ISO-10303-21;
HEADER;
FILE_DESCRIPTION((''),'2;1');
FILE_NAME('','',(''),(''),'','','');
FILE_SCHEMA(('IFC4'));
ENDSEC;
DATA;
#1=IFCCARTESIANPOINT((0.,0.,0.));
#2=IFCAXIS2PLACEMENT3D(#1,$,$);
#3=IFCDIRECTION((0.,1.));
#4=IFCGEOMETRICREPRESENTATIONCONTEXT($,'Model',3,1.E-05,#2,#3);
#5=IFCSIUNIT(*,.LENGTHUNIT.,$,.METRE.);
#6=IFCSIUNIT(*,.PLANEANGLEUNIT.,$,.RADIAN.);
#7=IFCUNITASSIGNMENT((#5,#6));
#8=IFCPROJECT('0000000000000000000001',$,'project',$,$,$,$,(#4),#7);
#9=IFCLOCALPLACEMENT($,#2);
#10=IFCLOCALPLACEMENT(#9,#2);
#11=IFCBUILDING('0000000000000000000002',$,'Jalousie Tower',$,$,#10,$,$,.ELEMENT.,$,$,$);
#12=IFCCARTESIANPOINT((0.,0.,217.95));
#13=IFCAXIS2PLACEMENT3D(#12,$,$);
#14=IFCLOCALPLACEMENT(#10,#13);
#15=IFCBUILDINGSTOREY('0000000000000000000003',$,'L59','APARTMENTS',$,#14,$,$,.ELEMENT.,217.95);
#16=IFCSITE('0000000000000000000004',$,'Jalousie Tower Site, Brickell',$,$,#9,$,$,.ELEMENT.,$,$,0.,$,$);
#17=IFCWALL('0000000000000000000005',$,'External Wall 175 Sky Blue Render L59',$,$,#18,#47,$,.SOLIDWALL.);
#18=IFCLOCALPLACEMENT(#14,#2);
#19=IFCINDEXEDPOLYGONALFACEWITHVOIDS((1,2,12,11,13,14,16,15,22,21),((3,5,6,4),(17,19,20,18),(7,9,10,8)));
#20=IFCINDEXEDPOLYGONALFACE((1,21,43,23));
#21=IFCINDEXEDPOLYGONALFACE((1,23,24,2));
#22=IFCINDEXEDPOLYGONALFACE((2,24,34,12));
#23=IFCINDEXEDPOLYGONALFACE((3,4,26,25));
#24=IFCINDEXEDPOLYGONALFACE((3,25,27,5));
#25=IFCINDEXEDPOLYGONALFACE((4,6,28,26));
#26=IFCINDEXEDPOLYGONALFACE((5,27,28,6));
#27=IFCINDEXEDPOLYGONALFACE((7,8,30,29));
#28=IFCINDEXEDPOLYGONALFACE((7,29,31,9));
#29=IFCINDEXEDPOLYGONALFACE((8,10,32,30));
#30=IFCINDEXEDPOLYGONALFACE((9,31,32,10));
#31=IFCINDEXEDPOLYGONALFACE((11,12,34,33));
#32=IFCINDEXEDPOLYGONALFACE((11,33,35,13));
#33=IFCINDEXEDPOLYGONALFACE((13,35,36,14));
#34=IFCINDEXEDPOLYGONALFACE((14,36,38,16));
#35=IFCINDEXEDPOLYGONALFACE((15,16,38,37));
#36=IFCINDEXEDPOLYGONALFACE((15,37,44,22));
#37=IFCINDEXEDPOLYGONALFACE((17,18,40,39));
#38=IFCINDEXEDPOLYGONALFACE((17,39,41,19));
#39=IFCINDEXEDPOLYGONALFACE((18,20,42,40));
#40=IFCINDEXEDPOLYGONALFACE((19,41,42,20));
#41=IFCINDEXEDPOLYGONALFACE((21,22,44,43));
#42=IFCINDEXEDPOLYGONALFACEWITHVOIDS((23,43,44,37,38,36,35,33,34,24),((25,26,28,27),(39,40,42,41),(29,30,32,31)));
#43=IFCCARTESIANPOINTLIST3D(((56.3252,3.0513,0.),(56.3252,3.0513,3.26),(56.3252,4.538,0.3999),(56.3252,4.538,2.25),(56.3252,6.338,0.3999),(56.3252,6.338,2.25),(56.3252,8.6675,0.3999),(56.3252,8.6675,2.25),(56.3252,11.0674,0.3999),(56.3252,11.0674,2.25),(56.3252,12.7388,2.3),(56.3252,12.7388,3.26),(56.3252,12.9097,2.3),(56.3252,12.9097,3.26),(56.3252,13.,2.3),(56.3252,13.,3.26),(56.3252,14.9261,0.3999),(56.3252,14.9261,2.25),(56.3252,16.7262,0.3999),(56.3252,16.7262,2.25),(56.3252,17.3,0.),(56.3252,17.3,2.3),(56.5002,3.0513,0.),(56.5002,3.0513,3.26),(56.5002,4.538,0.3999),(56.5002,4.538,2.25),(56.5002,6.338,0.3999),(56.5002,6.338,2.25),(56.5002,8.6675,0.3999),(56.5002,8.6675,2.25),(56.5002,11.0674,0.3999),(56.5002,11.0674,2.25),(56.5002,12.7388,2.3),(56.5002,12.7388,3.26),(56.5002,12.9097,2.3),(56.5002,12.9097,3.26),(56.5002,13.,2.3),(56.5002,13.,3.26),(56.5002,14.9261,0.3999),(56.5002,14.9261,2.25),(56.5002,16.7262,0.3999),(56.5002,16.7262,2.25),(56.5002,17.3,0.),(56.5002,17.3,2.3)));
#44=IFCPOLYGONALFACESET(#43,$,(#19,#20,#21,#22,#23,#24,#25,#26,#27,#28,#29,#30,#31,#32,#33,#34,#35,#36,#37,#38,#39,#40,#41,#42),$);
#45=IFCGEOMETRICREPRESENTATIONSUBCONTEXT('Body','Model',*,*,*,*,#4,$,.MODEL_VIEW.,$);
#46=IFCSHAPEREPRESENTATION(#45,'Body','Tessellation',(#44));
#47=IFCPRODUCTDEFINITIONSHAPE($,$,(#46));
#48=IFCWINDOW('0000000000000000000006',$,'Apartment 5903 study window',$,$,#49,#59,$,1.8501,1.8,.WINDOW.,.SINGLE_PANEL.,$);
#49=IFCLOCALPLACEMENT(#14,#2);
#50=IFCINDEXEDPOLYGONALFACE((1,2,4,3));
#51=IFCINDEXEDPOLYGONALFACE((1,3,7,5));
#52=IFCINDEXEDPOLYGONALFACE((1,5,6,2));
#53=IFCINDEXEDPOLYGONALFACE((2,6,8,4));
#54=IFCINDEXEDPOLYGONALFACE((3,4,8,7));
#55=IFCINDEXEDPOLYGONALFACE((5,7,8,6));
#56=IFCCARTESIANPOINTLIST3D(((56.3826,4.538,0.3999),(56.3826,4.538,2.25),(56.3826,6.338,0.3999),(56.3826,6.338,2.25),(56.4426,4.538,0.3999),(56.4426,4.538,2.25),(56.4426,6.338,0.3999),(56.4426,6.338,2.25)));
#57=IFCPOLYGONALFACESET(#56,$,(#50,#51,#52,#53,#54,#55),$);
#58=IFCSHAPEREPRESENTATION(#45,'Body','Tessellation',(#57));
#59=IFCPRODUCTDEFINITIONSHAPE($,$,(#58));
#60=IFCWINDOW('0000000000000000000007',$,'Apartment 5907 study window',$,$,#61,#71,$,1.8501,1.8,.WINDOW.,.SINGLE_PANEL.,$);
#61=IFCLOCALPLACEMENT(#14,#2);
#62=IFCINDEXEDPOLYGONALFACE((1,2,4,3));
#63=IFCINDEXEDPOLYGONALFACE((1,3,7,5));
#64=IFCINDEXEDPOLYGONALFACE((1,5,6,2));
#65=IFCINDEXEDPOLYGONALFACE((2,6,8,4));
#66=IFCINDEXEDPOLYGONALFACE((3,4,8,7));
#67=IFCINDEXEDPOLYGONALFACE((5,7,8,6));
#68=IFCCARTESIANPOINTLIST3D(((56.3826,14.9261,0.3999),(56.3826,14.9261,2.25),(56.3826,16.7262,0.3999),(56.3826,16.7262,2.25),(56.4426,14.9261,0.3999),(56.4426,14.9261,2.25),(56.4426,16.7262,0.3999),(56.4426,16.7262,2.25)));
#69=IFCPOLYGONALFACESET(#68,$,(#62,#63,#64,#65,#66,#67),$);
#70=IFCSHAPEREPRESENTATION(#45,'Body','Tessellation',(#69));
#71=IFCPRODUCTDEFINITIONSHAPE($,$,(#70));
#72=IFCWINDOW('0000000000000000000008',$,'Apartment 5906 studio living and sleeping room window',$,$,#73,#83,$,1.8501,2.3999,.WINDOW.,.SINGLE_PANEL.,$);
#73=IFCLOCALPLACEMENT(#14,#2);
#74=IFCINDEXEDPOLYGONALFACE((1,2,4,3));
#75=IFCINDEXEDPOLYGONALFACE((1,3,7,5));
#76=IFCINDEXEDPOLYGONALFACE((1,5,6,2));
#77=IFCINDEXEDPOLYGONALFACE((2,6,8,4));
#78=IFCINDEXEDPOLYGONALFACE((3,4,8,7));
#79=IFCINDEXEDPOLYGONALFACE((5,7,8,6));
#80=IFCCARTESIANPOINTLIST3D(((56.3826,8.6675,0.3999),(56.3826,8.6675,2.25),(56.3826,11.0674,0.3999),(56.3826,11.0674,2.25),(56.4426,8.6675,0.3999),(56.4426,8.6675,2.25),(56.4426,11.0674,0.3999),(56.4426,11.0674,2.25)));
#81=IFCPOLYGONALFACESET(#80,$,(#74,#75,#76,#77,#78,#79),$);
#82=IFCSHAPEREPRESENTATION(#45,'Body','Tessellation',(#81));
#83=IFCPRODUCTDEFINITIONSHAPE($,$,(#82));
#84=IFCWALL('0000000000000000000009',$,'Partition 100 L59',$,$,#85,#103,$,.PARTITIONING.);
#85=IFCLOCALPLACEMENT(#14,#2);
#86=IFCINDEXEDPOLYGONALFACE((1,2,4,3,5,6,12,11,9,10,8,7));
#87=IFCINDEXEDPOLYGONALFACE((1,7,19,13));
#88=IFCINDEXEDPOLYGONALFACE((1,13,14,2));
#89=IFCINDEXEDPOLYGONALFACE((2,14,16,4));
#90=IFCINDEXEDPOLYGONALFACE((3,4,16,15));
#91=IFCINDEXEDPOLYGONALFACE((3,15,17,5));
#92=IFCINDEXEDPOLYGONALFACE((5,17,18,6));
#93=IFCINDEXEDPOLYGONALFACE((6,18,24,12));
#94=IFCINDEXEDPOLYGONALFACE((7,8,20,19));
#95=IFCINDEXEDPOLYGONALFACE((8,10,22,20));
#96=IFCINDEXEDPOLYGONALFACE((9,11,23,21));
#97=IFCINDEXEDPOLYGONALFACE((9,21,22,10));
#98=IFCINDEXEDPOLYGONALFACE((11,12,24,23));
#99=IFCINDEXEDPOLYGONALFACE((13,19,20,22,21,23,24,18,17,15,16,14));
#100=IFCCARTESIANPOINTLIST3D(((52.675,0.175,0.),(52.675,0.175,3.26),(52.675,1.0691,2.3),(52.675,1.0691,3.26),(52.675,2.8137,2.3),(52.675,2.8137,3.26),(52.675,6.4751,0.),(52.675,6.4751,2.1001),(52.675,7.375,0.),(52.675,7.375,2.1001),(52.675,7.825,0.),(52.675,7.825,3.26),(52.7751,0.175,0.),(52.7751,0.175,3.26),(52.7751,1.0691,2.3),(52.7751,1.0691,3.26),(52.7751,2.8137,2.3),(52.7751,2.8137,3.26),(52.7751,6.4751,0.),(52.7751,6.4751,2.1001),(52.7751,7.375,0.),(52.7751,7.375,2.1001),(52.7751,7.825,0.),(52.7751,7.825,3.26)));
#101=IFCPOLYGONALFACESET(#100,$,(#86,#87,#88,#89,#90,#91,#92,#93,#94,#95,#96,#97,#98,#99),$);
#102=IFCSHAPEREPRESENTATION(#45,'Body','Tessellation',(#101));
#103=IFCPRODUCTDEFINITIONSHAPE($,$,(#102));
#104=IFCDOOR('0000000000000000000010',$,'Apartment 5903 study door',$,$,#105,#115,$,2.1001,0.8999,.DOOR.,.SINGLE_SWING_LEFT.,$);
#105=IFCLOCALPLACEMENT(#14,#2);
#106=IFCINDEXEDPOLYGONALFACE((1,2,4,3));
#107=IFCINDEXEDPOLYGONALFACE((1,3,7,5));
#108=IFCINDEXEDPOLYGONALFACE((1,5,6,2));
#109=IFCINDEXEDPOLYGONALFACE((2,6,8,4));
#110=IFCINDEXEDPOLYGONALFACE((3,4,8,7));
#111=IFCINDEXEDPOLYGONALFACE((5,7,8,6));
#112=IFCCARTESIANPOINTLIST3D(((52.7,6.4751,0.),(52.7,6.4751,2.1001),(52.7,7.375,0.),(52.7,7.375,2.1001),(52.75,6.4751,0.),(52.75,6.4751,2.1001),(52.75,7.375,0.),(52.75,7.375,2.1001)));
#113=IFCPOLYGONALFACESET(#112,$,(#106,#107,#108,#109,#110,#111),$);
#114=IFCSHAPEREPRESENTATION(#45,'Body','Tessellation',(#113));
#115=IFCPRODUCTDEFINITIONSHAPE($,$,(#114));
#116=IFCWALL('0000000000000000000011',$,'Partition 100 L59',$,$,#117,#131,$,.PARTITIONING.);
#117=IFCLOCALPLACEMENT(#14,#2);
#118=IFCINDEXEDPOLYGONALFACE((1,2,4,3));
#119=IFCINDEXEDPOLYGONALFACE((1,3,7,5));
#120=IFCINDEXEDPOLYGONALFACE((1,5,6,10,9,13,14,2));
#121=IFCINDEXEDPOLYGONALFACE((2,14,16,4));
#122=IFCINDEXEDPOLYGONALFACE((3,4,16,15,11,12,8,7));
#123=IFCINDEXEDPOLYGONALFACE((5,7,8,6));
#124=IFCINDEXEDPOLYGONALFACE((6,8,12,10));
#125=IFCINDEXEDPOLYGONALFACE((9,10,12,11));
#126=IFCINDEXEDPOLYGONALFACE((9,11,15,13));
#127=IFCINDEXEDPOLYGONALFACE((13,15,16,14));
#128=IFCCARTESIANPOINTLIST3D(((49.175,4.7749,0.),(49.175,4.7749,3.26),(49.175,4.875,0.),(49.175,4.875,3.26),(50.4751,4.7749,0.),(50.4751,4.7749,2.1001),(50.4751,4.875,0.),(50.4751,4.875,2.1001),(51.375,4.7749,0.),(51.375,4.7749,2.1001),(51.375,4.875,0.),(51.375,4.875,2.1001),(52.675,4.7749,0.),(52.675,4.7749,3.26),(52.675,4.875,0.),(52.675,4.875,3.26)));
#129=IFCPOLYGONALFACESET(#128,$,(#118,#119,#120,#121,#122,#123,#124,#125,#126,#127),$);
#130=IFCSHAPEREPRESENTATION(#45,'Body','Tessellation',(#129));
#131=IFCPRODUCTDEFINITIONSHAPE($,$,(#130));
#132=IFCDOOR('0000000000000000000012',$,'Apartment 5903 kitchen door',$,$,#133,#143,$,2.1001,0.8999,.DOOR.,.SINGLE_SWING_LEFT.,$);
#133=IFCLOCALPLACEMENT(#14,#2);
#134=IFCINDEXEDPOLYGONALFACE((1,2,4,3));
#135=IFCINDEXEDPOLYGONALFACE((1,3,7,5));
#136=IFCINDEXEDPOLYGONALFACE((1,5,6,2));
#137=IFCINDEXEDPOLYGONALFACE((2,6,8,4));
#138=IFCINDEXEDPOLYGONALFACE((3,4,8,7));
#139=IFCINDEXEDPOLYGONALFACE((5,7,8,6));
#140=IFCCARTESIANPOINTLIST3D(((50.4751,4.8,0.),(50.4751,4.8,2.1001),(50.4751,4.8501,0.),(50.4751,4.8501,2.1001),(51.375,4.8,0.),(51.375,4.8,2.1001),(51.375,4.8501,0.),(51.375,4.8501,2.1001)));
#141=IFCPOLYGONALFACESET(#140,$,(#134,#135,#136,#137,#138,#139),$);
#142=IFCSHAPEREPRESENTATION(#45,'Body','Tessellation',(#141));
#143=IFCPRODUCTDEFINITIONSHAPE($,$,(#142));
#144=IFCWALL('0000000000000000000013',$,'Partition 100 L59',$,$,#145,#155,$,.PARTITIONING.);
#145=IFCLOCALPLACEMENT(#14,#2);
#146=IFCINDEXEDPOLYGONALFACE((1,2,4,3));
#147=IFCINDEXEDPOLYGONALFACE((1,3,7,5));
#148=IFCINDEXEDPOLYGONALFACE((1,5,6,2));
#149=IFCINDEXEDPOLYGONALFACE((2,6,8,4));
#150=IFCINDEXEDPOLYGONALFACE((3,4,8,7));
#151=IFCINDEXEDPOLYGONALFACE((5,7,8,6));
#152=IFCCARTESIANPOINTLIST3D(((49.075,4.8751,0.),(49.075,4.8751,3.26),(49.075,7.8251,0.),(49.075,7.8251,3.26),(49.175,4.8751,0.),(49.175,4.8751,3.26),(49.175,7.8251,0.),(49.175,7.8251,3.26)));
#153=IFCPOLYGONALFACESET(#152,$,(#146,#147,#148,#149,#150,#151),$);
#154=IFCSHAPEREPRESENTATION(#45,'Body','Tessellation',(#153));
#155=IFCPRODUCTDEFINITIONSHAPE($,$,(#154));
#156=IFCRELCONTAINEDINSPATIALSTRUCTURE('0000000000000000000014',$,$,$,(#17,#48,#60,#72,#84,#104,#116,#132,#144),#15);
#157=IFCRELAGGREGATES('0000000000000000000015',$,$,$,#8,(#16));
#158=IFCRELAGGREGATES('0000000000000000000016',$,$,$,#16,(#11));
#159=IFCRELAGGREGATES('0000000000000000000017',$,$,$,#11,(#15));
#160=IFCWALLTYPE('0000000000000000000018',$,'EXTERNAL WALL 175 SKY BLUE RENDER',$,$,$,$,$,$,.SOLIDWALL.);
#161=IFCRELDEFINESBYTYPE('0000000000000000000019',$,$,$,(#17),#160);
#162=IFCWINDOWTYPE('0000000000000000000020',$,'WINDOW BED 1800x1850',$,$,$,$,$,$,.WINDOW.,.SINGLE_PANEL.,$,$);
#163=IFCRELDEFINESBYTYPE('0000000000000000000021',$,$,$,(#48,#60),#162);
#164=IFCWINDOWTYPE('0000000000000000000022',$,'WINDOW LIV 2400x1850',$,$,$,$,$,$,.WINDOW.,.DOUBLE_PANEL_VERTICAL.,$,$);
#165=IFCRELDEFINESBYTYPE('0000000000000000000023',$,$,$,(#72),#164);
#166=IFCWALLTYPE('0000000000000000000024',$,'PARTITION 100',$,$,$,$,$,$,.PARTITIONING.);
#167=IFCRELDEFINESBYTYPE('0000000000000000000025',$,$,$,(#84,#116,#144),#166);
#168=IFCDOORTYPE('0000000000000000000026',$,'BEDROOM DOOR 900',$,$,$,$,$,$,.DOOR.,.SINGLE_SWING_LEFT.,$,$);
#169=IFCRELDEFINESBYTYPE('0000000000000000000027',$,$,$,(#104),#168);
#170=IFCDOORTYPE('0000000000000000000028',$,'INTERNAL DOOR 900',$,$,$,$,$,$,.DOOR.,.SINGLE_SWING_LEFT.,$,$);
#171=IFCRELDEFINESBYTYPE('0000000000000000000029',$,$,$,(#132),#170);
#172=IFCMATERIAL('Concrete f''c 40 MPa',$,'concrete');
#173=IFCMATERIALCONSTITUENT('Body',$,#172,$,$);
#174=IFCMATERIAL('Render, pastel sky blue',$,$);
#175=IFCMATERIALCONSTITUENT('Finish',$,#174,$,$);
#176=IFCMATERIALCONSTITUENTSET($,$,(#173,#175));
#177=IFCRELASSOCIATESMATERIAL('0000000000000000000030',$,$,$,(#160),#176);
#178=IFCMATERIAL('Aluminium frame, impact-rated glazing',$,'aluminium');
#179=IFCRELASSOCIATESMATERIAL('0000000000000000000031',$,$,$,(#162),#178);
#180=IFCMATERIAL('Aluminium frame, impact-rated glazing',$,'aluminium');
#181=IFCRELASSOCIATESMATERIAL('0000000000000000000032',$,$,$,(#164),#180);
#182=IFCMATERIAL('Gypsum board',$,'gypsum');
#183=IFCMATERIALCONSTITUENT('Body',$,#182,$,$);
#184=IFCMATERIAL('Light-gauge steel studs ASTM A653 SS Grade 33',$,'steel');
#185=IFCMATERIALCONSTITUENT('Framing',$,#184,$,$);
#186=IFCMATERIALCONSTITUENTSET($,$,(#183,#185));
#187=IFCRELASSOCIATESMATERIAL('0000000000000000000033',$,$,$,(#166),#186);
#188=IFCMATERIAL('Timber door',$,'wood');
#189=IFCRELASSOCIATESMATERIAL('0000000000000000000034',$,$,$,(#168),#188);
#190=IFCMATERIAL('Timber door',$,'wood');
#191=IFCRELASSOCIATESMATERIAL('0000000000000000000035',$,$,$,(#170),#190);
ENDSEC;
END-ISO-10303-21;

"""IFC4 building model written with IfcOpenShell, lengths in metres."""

from ifc_helpers import new_model, si_unit, direction, frame, frame_2d, origin, place, context, subcontext, project, spatial, polyline, rectangle, outline, extrude, material, constituent, constituent_set, type_object, element, fill, save


model = new_model("IFC4")

# Units and contexts
model_context = context("Model", 3, precision=1e-05, world=origin(), true_north=direction((0.0, 1.0)))
body_context = subcontext(model_context, "Body", "Model", "MODEL_VIEW")
ifc_project = project(units=[si_unit("LENGTHUNIT", "METRE"), si_unit("PLANEANGLEUNIT", "RADIAN")], contexts=[model_context])

# Site, building, storey
site_placement = place(None, origin())
site = spatial("IfcSite", under=ifc_project, at=site_placement, Name="Jalousie Tower Site, Brickell", CompositionType="ELEMENT", RefElevation=0.0)
building_placement = place(site_placement, origin())
building = spatial("IfcBuilding", under=site, at=building_placement, Name="Jalousie Tower", CompositionType="ELEMENT")
storey_placement = place(building_placement, frame((0.0, 0.0, 217.95)))
storey = spatial("IfcBuildingStorey", under=building, at=storey_placement, Name="L59", Description="APARTMENTS", CompositionType="ELEMENT", Elevation=217.95)

# Wall, openings, windows
ifc_material_1 = material(Name="Concrete f'c 40 MPa", Category="concrete")
ifc_constituent_1 = constituent(ifc_material_1, Name="Body")
ifc_material_2 = material(Name="Render, pastel sky blue")
ifc_constituent_2 = constituent(ifc_material_2, Name="Finish")
ifc_constituent_set_1 = constituent_set(constituents=[ifc_constituent_1, ifc_constituent_2])
wall_type_1 = type_object("IfcWallType", Name="EXTERNAL WALL 175 SKY BLUE RENDER", PredefinedType="SOLIDWALL", material=ifc_constituent_set_1)
wall_1_placement = place(storey_placement, frame((56.4126, 3.0513, 0.0), z_axis=(0.0, 0.0, 1.0), x_axis=(0.0, 1.0, 0.0)))
wall_1 = element("IfcWall", 1, at=wall_1_placement, inside=storey, type_object=wall_type_1, Name="External Wall 175 Sky Blue Render L59", PredefinedType="SOLIDWALL", context=body_context, shape_type="SweptSolid", body=[
    extrude(outline(polyline([(0.0, 0.0), (14.2488, 0.0), (14.2488, 2.3), (9.9487, 2.3), (9.9487, 3.26), (9.8584, 3.26), (9.8584, 2.3), (9.6875, 2.3), (9.6875, 3.26), (0.0, 3.26), (0.0, 0.0)])), frame((0.0, 0.0874, 0.0), z_axis=(0.0, -1.0, 0.0), x_axis=(1.0, 0.0, 0.0)), (0.0, 0.0, 1.0), 0.175),
])
opening_1_placement = place(wall_1_placement, frame((1.4868, 0.0, 0.3999)))
opening_1 = element("IfcOpeningElement", 2, at=opening_1_placement, cuts=wall_1, PredefinedType="OPENING", context=body_context, shape_type="SweptSolid", body=[
    extrude(rectangle(XDim=1.8, YDim=1.8501, at=frame_2d((0.8999, 0.925))), frame((0.0, 0.0974, 0.0), z_axis=(0.0, -1.0, 0.0), x_axis=(1.0, 0.0, 0.0)), (0.0, 0.0, 1.0), 0.1951),
])
opening_2_placement = place(wall_1_placement, frame((5.6162, 0.0, 0.3999)))
opening_2 = element("IfcOpeningElement", 3, at=opening_2_placement, cuts=wall_1, PredefinedType="OPENING", context=body_context, shape_type="SweptSolid", body=[
    extrude(rectangle(XDim=2.3999, YDim=1.8501, at=frame_2d((1.2, 0.925))), frame((0.0, 0.0974, 0.0), z_axis=(0.0, -1.0, 0.0), x_axis=(1.0, 0.0, 0.0)), (0.0, 0.0, 1.0), 0.1951),
])
opening_3_placement = place(wall_1_placement, frame((11.875, 0.0, 0.3999)))
opening_3 = element("IfcOpeningElement", 4, at=opening_3_placement, cuts=wall_1, PredefinedType="OPENING", context=body_context, shape_type="SweptSolid", body=[
    extrude(rectangle(XDim=1.8, YDim=1.8501, at=frame_2d((0.8999, 0.925))), frame((0.0, 0.0974, 0.0), z_axis=(0.0, -1.0, 0.0), x_axis=(1.0, 0.0, 0.0)), (0.0, 0.0, 1.0), 0.1951),
])
ifc_material_3 = material(Name="Aluminium frame, impact-rated glazing", Category="aluminium")
window_type_1 = type_object("IfcWindowType", Name="WINDOW BED 1800x1850", PartitioningType="SINGLE_PANEL", PredefinedType="WINDOW", material=ifc_material_3)
window_1_placement = place(opening_1_placement, origin())
window_1 = element("IfcWindow", 5, at=window_1_placement, inside=storey, type_object=window_type_1, Name="Apartment 5903 study window", OverallHeight=1.8501, OverallWidth=1.8, PartitioningType="SINGLE_PANEL", PredefinedType="WINDOW", context=body_context, shape_type="SweptSolid", body=[
    extrude(rectangle(XDim=1.8, YDim=1.8501, at=frame_2d((0.8999, 0.925))), frame((0.0, 0.03, 0.0), z_axis=(0.0, -1.0, 0.0), x_axis=(1.0, 0.0, 0.0)), (0.0, 0.0, 1.0), 0.0601),
])
fill(opening_1, window_1)
window_2_placement = place(opening_3_placement, origin())
window_2 = element("IfcWindow", 6, at=window_2_placement, inside=storey, type_object=window_type_1, Name="Apartment 5907 study window", OverallHeight=1.8501, OverallWidth=1.8, PartitioningType="SINGLE_PANEL", PredefinedType="WINDOW", context=body_context, shape_type="SweptSolid", body=[
    extrude(rectangle(XDim=1.8, YDim=1.8501, at=frame_2d((0.8999, 0.925))), frame((0.0, 0.03, 0.0), z_axis=(0.0, -1.0, 0.0), x_axis=(1.0, 0.0, 0.0)), (0.0, 0.0, 1.0), 0.0601),
])
fill(opening_3, window_2)
ifc_material_4 = material(Name="Aluminium frame, impact-rated glazing", Category="aluminium")
window_type_2 = type_object("IfcWindowType", Name="WINDOW LIV 2400x1850", PartitioningType="DOUBLE_PANEL_VERTICAL", PredefinedType="WINDOW", material=ifc_material_4)
window_3_placement = place(opening_2_placement, origin())
window_3 = element("IfcWindow", 7, at=window_3_placement, inside=storey, type_object=window_type_2, Name="Apartment 5906 studio living and sleeping room window", OverallHeight=1.8501, OverallWidth=2.3999, PartitioningType="SINGLE_PANEL", PredefinedType="WINDOW", context=body_context, shape_type="SweptSolid", body=[
    extrude(rectangle(XDim=2.3999, YDim=1.8501, at=frame_2d((1.2, 0.925))), frame((0.0, 0.03, 0.0), z_axis=(0.0, -1.0, 0.0), x_axis=(1.0, 0.0, 0.0)), (0.0, 0.0, 1.0), 0.0601),
])
fill(opening_2, window_3)

# Walls, openings, doors
ifc_material_5 = material(Name="Gypsum board", Category="gypsum")
ifc_constituent_3 = constituent(ifc_material_5, Name="Body")
ifc_material_6 = material(Name="Light-gauge steel studs ASTM A653 SS Grade 33", Category="steel")
ifc_constituent_4 = constituent(ifc_material_6, Name="Framing")
ifc_constituent_set_2 = constituent_set(constituents=[ifc_constituent_3, ifc_constituent_4])
wall_type_2 = type_object("IfcWallType", Name="PARTITION 100", PredefinedType="PARTITIONING", material=ifc_constituent_set_2)
wall_2_placement = place(storey_placement, frame((52.7251, 0.175, 0.0), z_axis=(0.0, 0.0, 1.0), x_axis=(0.0, 1.0, 0.0)))
wall_2 = element("IfcWall", 8, at=wall_2_placement, inside=storey, type_object=wall_type_2, Name="Partition 100 L59", PredefinedType="PARTITIONING", context=body_context, shape_type="SweptSolid", body=[
    extrude(outline(polyline([(0.0, 0.0), (7.6499, 0.0), (7.6499, 3.26), (2.6387, 3.26), (2.6387, 2.3), (0.894, 2.3), (0.894, 3.26), (0.0, 3.26), (0.0, 0.0)])), frame((0.0, 0.05, 0.0), z_axis=(0.0, -1.0, 0.0), x_axis=(1.0, 0.0, 0.0)), (0.0, 0.0, 1.0), 0.1001),
])
opening_4_placement = place(wall_2_placement, frame((6.3, 0.0, 0.0)))
opening_4 = element("IfcOpeningElement", 9, at=opening_4_placement, cuts=wall_2, PredefinedType="OPENING", context=body_context, shape_type="SweptSolid", body=[
    extrude(rectangle(XDim=0.8999, YDim=2.1001, at=frame_2d((0.45, 1.05))), frame((0.0, 0.0601, 0.0), z_axis=(0.0, -1.0, 0.0), x_axis=(1.0, 0.0, 0.0)), (0.0, 0.0, 1.0), 0.1201),
])
ifc_material_7 = material(Name="Timber door", Category="wood")
door_type_1 = type_object("IfcDoorType", Name="BEDROOM DOOR 900", OperationType="SINGLE_SWING_LEFT", PredefinedType="DOOR", material=ifc_material_7)
door_1_placement = place(opening_4_placement, frame((0.8999, 0.0, 0.0), z_axis=(0.0, 0.0, 1.0), x_axis=(-1.0, 0.0, 0.0)))
door_1 = element("IfcDoor", 10, at=door_1_placement, inside=storey, type_object=door_type_1, Name="Apartment 5903 study door", OperationType="SINGLE_SWING_LEFT", OverallHeight=2.1001, OverallWidth=0.8999, PredefinedType="DOOR", context=body_context, shape_type="SweptSolid", body=[
    extrude(rectangle(XDim=0.8999, YDim=2.1001, at=frame_2d((0.45, 1.05))), frame((0.0, 0.0249, 0.0), z_axis=(0.0, -1.0, 0.0), x_axis=(1.0, 0.0, 0.0)), (0.0, 0.0, 1.0), 0.05),
])
fill(opening_4, door_1)
wall_3_placement = place(storey_placement, frame((49.175, 4.825, 0.0), z_axis=(0.0, 0.0, 1.0), x_axis=(1.0, 0.0, 0.0)))
wall_3 = element("IfcWall", 11, at=wall_3_placement, inside=storey, type_object=wall_type_2, Name="Partition 100 L59", PredefinedType="PARTITIONING", context=body_context, shape_type="SweptSolid", body=[
    extrude(rectangle(XDim=3.5, YDim=0.1001, at=frame_2d((1.75, 0.0))), origin(), (0.0, 0.0, 1.0), 3.26),
])
opening_5_placement = place(wall_3_placement, frame((1.3, 0.0, 0.0)))
opening_5 = element("IfcOpeningElement", 12, at=opening_5_placement, cuts=wall_3, PredefinedType="OPENING", context=body_context, shape_type="SweptSolid", body=[
    extrude(rectangle(XDim=0.8999, YDim=2.1001, at=frame_2d((0.45, 1.05))), frame((0.0, 0.0601, 0.0), z_axis=(0.0, -1.0, 0.0), x_axis=(1.0, 0.0, 0.0)), (0.0, 0.0, 1.0), 0.1201),
])
ifc_material_8 = material(Name="Timber door", Category="wood")
door_type_2 = type_object("IfcDoorType", Name="INTERNAL DOOR 900", OperationType="SINGLE_SWING_LEFT", PredefinedType="DOOR", material=ifc_material_8)
door_2_placement = place(opening_5_placement, frame((0.8999, 0.0, 0.0), z_axis=(0.0, 0.0, 1.0), x_axis=(-1.0, 0.0, 0.0)))
door_2 = element("IfcDoor", 13, at=door_2_placement, inside=storey, type_object=door_type_2, Name="Apartment 5903 kitchen door", OperationType="SINGLE_SWING_LEFT", OverallHeight=2.1001, OverallWidth=0.8999, PredefinedType="DOOR", context=body_context, shape_type="SweptSolid", body=[
    extrude(rectangle(XDim=0.8999, YDim=2.1001, at=frame_2d((0.45, 1.05))), frame((0.0, 0.0249, 0.0), z_axis=(0.0, -1.0, 0.0), x_axis=(1.0, 0.0, 0.0)), (0.0, 0.0, 1.0), 0.05),
])
fill(opening_5, door_2)

# Wall
wall_4_placement = place(storey_placement, frame((49.125, 4.875, 0.0), z_axis=(0.0, 0.0, 1.0), x_axis=(0.0, 1.0, 0.0)))
element("IfcWall", 14, at=wall_4_placement, inside=storey, type_object=wall_type_2, Name="Partition 100 L59", PredefinedType="PARTITIONING", context=body_context, shape_type="SweptSolid", body=[
    extrude(rectangle(XDim=2.95, YDim=0.1001, at=frame_2d((1.4751, 0.0))), origin(), (0.0, 0.0, 1.0), 3.26),
])

save(model, "model.ifc")
